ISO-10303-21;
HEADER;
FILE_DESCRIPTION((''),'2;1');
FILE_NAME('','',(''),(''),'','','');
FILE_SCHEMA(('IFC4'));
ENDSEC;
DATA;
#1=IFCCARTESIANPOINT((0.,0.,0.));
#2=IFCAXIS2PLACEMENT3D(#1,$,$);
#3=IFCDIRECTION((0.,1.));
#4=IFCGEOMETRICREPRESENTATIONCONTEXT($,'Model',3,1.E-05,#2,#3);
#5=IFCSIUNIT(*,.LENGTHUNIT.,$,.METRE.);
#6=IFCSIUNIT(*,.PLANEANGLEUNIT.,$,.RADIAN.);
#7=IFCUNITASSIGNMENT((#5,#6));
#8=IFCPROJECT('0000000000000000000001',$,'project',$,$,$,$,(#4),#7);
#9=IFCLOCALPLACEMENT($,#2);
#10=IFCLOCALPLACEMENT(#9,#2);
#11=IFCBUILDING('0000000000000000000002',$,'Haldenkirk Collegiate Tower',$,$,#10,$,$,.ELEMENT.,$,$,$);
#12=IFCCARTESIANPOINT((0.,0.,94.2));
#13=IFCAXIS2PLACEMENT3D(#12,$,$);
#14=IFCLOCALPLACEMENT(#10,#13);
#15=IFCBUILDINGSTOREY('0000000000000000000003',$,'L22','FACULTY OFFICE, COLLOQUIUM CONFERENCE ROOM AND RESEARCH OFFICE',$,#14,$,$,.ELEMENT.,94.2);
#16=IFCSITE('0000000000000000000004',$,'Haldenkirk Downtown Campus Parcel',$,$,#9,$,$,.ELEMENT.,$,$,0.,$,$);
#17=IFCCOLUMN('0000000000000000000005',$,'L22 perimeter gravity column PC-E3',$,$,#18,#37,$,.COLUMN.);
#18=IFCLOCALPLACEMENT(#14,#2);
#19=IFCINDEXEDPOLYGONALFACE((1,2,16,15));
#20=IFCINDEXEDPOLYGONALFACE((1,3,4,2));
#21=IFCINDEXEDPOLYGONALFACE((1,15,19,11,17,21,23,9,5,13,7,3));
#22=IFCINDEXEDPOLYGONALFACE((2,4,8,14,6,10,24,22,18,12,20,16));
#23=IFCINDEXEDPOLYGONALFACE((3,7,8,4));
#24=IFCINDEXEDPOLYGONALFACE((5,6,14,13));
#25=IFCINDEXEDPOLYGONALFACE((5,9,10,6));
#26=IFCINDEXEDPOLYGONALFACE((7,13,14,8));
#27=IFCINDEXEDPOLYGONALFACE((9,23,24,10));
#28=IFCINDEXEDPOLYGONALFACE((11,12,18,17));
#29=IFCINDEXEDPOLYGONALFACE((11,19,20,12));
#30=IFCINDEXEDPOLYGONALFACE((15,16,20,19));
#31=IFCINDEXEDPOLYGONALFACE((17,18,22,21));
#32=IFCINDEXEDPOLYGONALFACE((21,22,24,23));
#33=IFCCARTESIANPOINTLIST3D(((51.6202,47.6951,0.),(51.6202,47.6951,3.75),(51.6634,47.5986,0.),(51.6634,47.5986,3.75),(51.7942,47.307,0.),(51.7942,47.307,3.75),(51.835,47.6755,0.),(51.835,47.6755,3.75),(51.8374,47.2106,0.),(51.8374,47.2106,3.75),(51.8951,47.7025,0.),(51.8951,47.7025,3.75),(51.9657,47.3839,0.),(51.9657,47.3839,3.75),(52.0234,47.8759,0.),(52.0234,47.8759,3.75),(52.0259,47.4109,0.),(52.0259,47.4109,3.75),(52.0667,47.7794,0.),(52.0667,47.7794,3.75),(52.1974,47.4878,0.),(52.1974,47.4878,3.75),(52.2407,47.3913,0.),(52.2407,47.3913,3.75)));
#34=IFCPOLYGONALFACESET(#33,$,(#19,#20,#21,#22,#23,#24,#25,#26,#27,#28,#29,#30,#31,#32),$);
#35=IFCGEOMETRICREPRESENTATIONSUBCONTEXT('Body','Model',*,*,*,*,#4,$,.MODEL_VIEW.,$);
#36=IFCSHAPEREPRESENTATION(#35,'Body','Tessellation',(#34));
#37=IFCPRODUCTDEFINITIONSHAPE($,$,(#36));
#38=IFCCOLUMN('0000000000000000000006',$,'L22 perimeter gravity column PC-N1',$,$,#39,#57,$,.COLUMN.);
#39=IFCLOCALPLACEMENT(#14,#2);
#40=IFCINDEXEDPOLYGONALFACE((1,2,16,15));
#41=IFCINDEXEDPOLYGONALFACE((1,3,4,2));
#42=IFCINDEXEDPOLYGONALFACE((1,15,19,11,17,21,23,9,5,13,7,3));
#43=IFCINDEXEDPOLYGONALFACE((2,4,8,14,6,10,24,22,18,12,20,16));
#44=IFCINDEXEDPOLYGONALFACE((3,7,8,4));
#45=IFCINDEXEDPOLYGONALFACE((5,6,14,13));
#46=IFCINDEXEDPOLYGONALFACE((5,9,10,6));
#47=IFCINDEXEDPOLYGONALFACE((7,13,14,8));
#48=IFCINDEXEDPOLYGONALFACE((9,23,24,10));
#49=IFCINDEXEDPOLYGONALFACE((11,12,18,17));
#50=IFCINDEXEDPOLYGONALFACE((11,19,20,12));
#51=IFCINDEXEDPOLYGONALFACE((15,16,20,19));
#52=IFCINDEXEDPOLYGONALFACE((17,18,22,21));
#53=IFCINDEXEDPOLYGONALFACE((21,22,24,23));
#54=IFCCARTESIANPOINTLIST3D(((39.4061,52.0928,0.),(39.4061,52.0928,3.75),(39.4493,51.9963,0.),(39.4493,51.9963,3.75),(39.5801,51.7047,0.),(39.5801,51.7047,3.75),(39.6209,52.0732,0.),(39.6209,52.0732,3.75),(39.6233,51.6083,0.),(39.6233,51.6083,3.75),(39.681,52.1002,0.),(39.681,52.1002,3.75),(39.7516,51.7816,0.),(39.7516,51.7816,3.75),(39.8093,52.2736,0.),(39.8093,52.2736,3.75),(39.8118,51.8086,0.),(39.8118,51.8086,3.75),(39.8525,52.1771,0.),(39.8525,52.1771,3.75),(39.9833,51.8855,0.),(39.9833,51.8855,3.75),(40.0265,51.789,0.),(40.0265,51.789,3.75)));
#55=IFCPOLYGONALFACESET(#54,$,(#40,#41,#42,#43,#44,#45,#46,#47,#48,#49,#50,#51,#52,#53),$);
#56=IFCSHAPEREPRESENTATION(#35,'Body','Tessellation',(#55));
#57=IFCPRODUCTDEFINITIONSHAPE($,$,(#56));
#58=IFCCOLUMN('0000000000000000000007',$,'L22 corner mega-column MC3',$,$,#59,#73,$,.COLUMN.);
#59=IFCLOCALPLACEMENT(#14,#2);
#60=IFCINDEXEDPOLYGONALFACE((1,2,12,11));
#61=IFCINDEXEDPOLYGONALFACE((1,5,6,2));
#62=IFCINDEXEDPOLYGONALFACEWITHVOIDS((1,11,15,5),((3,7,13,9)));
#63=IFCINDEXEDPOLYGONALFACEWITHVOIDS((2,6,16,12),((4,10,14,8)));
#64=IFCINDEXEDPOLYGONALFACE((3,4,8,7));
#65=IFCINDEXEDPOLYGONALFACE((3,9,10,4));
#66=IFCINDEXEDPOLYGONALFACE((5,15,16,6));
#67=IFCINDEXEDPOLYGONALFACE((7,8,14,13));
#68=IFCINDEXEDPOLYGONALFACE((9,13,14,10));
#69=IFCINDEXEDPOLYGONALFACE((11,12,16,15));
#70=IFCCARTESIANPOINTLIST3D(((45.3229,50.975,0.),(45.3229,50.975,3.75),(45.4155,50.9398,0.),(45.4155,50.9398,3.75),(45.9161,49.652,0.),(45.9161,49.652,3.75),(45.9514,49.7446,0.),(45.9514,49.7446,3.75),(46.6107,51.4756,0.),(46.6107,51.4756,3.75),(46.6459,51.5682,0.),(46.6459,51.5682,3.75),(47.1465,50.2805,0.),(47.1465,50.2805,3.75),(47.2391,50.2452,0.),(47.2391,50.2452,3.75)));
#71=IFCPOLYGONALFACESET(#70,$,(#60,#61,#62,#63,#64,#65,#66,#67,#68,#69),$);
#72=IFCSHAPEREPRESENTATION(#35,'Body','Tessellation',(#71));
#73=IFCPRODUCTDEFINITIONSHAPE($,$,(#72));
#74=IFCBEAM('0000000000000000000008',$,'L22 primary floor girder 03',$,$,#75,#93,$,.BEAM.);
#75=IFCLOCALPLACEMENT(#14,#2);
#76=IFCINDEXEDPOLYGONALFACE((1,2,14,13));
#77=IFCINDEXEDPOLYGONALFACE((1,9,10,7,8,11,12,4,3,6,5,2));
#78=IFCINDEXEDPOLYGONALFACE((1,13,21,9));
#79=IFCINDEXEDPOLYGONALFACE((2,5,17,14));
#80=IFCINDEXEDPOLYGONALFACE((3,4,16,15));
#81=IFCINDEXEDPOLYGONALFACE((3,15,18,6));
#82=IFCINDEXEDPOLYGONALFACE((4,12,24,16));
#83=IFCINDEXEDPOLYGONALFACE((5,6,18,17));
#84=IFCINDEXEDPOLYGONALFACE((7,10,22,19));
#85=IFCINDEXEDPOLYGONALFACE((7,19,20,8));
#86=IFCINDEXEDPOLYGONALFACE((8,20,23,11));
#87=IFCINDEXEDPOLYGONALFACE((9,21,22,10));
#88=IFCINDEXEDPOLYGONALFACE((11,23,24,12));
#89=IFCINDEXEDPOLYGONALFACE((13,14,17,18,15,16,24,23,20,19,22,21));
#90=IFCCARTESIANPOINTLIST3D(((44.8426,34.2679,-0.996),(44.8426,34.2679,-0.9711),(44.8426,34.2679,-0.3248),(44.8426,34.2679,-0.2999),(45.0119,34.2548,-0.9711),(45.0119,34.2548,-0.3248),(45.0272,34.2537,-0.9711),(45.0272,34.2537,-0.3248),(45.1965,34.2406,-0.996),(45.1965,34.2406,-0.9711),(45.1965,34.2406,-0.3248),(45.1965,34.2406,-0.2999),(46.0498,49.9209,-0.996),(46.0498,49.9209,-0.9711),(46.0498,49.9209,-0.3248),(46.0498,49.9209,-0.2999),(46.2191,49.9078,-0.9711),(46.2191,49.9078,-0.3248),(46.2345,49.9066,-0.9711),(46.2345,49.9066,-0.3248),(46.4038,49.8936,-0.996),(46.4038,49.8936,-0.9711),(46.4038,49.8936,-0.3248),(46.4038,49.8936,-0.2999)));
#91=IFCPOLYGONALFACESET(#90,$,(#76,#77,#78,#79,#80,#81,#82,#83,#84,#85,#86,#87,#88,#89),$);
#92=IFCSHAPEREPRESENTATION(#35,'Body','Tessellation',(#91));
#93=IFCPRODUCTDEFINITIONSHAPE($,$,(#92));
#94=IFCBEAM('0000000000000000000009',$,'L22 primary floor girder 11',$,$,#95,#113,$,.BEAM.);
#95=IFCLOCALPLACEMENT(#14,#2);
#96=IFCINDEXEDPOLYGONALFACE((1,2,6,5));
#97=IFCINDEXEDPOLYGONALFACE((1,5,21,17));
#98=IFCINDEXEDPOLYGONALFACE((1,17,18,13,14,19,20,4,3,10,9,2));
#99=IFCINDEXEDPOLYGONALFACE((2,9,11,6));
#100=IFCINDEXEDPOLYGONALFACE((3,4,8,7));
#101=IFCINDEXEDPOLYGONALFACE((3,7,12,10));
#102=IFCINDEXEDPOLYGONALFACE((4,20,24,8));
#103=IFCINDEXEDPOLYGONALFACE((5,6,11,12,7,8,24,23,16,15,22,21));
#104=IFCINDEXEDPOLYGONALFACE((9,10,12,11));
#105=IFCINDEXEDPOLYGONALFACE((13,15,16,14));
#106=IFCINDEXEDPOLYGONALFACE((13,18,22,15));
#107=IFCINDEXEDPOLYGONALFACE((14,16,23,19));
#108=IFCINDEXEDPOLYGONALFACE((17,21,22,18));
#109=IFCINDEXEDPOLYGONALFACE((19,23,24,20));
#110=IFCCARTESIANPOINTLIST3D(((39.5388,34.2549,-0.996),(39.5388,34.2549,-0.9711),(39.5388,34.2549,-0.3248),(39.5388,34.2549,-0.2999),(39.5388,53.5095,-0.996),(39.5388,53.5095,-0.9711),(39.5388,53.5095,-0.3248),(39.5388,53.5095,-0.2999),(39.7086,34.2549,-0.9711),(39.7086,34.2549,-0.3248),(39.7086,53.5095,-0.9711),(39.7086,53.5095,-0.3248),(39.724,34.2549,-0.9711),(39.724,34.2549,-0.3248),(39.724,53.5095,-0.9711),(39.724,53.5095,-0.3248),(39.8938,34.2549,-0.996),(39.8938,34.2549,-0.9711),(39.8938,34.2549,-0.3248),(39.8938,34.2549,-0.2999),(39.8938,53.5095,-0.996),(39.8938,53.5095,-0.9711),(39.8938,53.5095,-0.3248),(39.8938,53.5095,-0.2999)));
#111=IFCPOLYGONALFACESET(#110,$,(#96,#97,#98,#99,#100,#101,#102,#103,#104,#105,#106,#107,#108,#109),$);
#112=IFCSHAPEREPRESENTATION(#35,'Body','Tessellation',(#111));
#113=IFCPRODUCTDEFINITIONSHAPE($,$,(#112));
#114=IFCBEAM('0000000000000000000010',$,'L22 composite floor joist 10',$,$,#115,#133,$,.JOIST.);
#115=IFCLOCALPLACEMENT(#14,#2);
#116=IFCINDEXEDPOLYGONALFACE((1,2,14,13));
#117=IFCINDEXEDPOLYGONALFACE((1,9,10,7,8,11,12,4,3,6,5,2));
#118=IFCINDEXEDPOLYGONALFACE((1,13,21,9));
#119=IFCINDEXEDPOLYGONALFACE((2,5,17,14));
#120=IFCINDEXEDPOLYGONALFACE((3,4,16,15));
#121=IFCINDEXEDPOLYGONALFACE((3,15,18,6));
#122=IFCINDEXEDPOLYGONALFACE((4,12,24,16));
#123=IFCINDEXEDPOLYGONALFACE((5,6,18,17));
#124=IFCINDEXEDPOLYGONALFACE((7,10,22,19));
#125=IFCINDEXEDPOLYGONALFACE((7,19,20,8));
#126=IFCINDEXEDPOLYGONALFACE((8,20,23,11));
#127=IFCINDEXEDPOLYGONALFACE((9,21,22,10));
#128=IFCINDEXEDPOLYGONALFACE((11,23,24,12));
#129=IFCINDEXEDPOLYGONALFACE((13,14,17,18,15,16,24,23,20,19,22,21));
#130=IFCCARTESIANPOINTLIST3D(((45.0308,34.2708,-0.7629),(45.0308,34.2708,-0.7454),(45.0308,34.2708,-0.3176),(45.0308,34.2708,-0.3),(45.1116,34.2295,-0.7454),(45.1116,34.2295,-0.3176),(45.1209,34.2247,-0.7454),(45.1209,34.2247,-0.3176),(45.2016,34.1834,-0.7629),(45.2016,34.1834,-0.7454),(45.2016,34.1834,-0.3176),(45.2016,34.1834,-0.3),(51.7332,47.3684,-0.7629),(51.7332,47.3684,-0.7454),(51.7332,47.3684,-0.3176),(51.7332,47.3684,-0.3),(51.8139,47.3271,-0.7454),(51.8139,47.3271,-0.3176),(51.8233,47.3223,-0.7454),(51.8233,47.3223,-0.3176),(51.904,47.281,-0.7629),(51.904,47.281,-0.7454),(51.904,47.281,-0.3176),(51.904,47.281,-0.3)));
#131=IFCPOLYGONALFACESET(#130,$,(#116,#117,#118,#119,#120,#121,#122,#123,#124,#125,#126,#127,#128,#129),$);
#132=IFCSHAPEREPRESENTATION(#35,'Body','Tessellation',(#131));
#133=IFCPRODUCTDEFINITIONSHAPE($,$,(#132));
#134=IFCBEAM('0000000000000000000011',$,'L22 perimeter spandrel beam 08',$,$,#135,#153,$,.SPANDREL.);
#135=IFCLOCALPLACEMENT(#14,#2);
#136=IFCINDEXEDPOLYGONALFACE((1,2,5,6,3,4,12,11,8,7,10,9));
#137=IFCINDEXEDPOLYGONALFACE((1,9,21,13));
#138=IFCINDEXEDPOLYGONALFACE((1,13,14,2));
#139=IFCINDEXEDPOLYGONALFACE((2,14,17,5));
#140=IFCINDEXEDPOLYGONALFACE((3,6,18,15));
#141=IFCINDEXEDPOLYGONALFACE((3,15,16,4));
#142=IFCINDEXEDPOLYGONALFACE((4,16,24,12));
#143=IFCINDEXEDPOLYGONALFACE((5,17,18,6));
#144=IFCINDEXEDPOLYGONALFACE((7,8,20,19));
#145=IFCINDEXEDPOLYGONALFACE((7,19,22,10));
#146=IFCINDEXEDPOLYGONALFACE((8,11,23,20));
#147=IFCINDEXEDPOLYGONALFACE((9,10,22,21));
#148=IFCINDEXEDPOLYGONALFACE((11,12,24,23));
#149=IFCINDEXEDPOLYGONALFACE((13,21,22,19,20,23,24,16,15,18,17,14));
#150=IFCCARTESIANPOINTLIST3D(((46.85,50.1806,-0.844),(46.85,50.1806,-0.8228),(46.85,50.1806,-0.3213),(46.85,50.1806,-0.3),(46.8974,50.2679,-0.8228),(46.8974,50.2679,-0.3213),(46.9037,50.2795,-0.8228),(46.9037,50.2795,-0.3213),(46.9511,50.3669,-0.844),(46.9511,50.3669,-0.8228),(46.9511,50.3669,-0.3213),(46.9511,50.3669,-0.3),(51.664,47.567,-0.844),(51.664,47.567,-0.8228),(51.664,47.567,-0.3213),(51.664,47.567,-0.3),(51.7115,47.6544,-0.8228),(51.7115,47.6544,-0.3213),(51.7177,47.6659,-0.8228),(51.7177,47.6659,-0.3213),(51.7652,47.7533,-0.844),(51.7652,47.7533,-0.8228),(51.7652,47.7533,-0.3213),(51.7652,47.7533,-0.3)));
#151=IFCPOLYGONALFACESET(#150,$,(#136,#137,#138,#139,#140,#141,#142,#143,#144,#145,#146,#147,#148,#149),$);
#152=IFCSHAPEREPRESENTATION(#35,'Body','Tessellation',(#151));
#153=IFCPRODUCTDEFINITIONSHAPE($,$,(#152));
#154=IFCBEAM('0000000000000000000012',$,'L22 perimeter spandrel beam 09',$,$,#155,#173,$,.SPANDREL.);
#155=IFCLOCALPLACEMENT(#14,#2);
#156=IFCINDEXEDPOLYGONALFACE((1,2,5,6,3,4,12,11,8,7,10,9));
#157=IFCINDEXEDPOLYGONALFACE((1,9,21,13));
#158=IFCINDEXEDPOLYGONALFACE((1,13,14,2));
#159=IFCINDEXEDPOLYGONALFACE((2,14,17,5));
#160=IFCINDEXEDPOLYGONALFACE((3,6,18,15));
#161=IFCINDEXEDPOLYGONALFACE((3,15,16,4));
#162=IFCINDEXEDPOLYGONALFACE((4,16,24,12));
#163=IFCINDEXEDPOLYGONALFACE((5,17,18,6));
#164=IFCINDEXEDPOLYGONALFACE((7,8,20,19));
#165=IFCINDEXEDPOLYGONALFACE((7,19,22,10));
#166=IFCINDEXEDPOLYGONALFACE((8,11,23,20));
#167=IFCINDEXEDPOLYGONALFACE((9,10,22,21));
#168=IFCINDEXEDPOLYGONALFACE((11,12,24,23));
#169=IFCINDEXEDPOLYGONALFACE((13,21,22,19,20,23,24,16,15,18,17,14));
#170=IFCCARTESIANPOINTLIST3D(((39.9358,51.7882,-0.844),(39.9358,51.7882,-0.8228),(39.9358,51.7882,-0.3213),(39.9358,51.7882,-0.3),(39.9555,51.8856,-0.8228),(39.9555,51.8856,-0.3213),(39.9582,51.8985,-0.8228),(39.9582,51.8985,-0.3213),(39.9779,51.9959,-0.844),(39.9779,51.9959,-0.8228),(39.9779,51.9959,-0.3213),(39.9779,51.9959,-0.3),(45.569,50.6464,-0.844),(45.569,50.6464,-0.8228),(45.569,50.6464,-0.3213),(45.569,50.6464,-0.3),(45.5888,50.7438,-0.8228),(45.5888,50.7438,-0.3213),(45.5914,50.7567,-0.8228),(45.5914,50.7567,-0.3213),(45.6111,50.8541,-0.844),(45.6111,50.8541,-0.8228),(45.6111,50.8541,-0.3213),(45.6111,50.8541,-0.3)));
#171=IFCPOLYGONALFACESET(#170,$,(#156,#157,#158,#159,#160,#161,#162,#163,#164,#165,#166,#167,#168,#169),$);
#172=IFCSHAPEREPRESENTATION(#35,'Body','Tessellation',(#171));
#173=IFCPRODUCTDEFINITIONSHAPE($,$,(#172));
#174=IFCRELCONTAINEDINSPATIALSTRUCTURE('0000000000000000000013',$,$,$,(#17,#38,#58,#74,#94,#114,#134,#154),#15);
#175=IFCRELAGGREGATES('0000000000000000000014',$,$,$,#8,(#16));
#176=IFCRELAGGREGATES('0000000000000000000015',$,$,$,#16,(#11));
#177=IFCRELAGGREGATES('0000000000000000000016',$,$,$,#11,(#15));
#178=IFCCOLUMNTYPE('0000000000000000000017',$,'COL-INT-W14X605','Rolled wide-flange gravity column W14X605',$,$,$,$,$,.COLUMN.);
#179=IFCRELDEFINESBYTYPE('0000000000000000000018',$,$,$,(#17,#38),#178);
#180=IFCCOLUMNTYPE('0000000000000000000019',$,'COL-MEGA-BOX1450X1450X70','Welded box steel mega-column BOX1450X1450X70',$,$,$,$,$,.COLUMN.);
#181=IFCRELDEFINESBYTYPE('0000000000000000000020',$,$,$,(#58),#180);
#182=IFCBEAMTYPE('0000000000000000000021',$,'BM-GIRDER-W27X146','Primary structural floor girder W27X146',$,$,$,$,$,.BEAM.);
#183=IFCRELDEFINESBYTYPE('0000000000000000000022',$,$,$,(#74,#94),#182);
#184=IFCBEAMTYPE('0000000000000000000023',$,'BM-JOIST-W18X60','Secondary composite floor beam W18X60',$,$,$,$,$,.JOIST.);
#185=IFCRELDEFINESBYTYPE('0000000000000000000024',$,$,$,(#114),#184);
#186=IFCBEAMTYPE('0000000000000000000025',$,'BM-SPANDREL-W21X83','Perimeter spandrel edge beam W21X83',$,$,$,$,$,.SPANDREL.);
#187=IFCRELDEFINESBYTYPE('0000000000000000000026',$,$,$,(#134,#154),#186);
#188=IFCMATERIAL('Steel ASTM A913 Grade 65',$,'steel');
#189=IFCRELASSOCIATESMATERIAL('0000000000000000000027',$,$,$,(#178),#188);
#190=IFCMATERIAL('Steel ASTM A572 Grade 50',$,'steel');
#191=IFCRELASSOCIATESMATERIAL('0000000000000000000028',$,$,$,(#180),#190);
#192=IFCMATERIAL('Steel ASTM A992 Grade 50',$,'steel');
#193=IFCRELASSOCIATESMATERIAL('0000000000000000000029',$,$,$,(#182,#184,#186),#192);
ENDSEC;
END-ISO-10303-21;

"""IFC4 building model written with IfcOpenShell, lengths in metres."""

from ifc_helpers import new_model, si_unit, direction, frame, origin, origin_2d, place, context, subcontext, project, spatial, hollow_rectangle, i_section, extrude, material, material_profile, profile_set, type_object, element, save


model = new_model("IFC4")

# Units and contexts
model_context = context("Model", 3, precision=1e-05, world=origin(), true_north=direction((0.0, 1.0)))
body_context = subcontext(model_context, "Body", "Model", "MODEL_VIEW")
ifc_project = project(units=[si_unit("LENGTHUNIT", "METRE"), si_unit("PLANEANGLEUNIT", "RADIAN")], contexts=[model_context])

# Site, building, storey
site_placement = place(None, origin())
site = spatial("IfcSite", under=ifc_project, at=site_placement, Name="Haldenkirk Downtown Campus Parcel", CompositionType="ELEMENT", RefElevation=0.0)
building_placement = place(site_placement, origin())
building = spatial("IfcBuilding", under=site, at=building_placement, Name="Haldenkirk Collegiate Tower", CompositionType="ELEMENT")
storey_placement = place(building_placement, frame((0.0, 0.0, 94.2)))
storey = spatial("IfcBuildingStorey", under=building, at=storey_placement, Name="L22", Description="FACULTY OFFICE, COLLOQUIUM CONFERENCE ROOM AND RESEARCH OFFICE", CompositionType="ELEMENT", Elevation=94.2)

# Columns
ifc_material_1 = material(Name="Steel ASTM A913 Grade 65", Category="steel")
ifc_material_profile_1 = material_profile(ifc_material_1, i_section(OverallWidth=0.4419, OverallDepth=0.531, WebThickness=0.0659, FlangeThickness=0.1057, at=origin_2d()), Name="W14X605")
ifc_profile_set_1 = profile_set([ifc_material_profile_1], Name="Steel ASTM A913 Grade 65")
column_type_1 = type_object("IfcColumnType", Name="COL-INT-W14X605", Description="Rolled wide-flange gravity column W14X605", PredefinedType="COLUMN", material=ifc_profile_set_1)
for number, where, z_axis, x_axis, name in (
    (1, (51.9304, 47.5432, 0.0), (0.0, 0.0, 1.0), (0.912477, 0.409127, 0.0), "L22 perimeter gravity column PC-E3"),
    (2, (39.7163, 51.9409, 0.0), (0.0, 0.0, 1.0), (0.912477, 0.409127, 0.0), "L22 perimeter gravity column PC-N1"),
):
    element("IfcColumn", number, at=place(storey_placement, frame(where, z_axis=z_axis, x_axis=x_axis)), inside=storey, type_object=column_type_1, Name=name, PredefinedType="COLUMN", context=body_context, shape_type="SweptSolid", body=[
        extrude(i_section(OverallWidth=0.4419, OverallDepth=0.531, WebThickness=0.0659, FlangeThickness=0.1057, at=origin_2d()), origin(), (0.0, 0.0, 1.0), 3.75),
    ])
ifc_material_2 = material(Name="Steel ASTM A572 Grade 50", Category="steel")
ifc_material_profile_2 = material_profile(ifc_material_2, hollow_rectangle(XDim=1.45, YDim=1.45, WallThickness=0.0701, at=origin_2d()), Name="BOX1450X1450X70")
ifc_profile_set_2 = profile_set([ifc_material_profile_2], Name="Steel ASTM A572 Grade 50")
column_type_2 = type_object("IfcColumnType", Name="COL-MEGA-BOX1450X1450X70", Description="Welded box steel mega-column BOX1450X1450X70", PredefinedType="COLUMN", material=ifc_profile_set_2)
column_placement = place(storey_placement, frame((46.281, 50.6101, 0.0), z_axis=(0.0, 0.0, 1.0), x_axis=(0.912477, 0.409127, 0.0)))
element("IfcColumn", 3, at=column_placement, inside=storey, type_object=column_type_2, Name="L22 corner mega-column MC3", PredefinedType="COLUMN", context=body_context, shape_type="SweptSolid", body=[
    extrude(hollow_rectangle(XDim=1.45, YDim=1.45, WallThickness=0.0701, at=origin_2d()), origin(), (0.0, 0.0, 1.0), 3.75),
])

# Beams
ifc_material_3 = material(Name="Steel ASTM A992 Grade 50", Category="steel")
ifc_material_profile_3 = material_profile(ifc_material_3, i_section(OverallWidth=0.355, OverallDepth=0.696, WebThickness=0.0154, FlangeThickness=0.0249, at=origin_2d()), Name="W27X146")
ifc_profile_set_3 = profile_set([ifc_material_profile_3], Name="Steel ASTM A992 Grade 50")
beam_type_1 = type_object("IfcBeamType", Name="BM-GIRDER-W27X146", Description="Primary structural floor girder W27X146", PredefinedType="BEAM", material=ifc_profile_set_3)
beam_1_placement = place(storey_placement, frame((46.2268, 49.9072, -0.6479), z_axis=(-0.076899, -0.997039, 0.0), x_axis=(0.997039, -0.076899, 0.0)))
element("IfcBeam", 4, at=beam_1_placement, inside=storey, type_object=beam_type_1, Name="L22 primary floor girder 03", PredefinedType="BEAM", context=body_context, shape_type="SweptSolid", body=[
    extrude(i_section(OverallWidth=0.355, OverallDepth=0.696, WebThickness=0.0154, FlangeThickness=0.0249, at=origin_2d()), origin(), (0.0, 0.0, 1.0), 15.6995),
])
beam_2_placement = place(storey_placement, frame((39.7163, 53.5095, -0.6479), z_axis=(0.0, -1.0, 0.0), x_axis=(1.0, 0.0, 0.0)))
element("IfcBeam", 5, at=beam_2_placement, inside=storey, type_object=beam_type_1, Name="L22 primary floor girder 11", PredefinedType="BEAM", context=body_context, shape_type="SweptSolid", body=[
    extrude(i_section(OverallWidth=0.355, OverallDepth=0.696, WebThickness=0.0154, FlangeThickness=0.0249, at=origin_2d()), origin(), (0.0, 0.0, 1.0), 19.2546),
])
ifc_material_profile_4 = material_profile(ifc_material_3, i_section(OverallWidth=0.1919, OverallDepth=0.4629, WebThickness=0.0105, FlangeThickness=0.0176, at=origin_2d()), Name="W18X60")
ifc_profile_set_4 = profile_set([ifc_material_profile_4], Name="Steel ASTM A992 Grade 50")
beam_type_2 = type_object("IfcBeamType", Name="BM-JOIST-W18X60", Description="Secondary composite floor beam W18X60", PredefinedType="JOIST", material=ifc_profile_set_4)
beam_3_placement = place(storey_placement, frame((51.8186, 47.3247, -0.5315), z_axis=(-0.455544, -0.890213, 0.0), x_axis=(0.890213, -0.455544, 0.0)))
element("IfcBeam", 6, at=beam_3_placement, inside=storey, type_object=beam_type_2, Name="L22 composite floor joist 10", PredefinedType="JOIST", context=body_context, shape_type="SweptSolid", body=[
    extrude(i_section(OverallWidth=0.1919, OverallDepth=0.4629, WebThickness=0.0105, FlangeThickness=0.0176, at=origin_2d()), origin(), (0.0, 0.0, 1.0), 14.7129),
])
ifc_material_profile_5 = material_profile(ifc_material_3, i_section(OverallWidth=0.2119, OverallDepth=0.5439, WebThickness=0.0132, FlangeThickness=0.0212, at=origin_2d()), Name="W21X83")
ifc_profile_set_5 = profile_set([ifc_material_profile_5], Name="Steel ASTM A992 Grade 50")
beam_type_3 = type_object("IfcBeamType", Name="BM-SPANDREL-W21X83", Description="Perimeter spandrel edge beam W21X83", PredefinedType="SPANDREL", material=ifc_profile_set_5)
beam_4_placement = place(storey_placement, frame((51.7146, 47.6602, -0.572), z_axis=(-0.878836, 0.477124, 0.0), x_axis=(-0.477124, -0.878836, 0.0)))
element("IfcBeam", 7, at=beam_4_placement, inside=storey, type_object=beam_type_3, Name="L22 perimeter spandrel beam 08", PredefinedType="SPANDREL", context=body_context, shape_type="SweptSolid", body=[
    extrude(i_section(OverallWidth=0.2119, OverallDepth=0.5439, WebThickness=0.0132, FlangeThickness=0.0212, at=origin_2d()), origin(), (0.0, 0.0, 1.0), 5.4778),
])
beam_5_placement = place(storey_placement, frame((45.5901, 50.7502, -0.572), z_axis=(-0.980069, 0.198656, 0.0), x_axis=(-0.198656, -0.980069, 0.0)))
element("IfcBeam", 8, at=beam_5_placement, inside=storey, type_object=beam_type_3, Name="L22 perimeter spandrel beam 09", PredefinedType="SPANDREL", context=body_context, shape_type="SweptSolid", body=[
    extrude(i_section(OverallWidth=0.2119, OverallDepth=0.5439, WebThickness=0.0132, FlangeThickness=0.0212, at=origin_2d()), origin(), (0.0, 0.0, 1.0), 5.7478),
])

save(model, "model.ifc")
